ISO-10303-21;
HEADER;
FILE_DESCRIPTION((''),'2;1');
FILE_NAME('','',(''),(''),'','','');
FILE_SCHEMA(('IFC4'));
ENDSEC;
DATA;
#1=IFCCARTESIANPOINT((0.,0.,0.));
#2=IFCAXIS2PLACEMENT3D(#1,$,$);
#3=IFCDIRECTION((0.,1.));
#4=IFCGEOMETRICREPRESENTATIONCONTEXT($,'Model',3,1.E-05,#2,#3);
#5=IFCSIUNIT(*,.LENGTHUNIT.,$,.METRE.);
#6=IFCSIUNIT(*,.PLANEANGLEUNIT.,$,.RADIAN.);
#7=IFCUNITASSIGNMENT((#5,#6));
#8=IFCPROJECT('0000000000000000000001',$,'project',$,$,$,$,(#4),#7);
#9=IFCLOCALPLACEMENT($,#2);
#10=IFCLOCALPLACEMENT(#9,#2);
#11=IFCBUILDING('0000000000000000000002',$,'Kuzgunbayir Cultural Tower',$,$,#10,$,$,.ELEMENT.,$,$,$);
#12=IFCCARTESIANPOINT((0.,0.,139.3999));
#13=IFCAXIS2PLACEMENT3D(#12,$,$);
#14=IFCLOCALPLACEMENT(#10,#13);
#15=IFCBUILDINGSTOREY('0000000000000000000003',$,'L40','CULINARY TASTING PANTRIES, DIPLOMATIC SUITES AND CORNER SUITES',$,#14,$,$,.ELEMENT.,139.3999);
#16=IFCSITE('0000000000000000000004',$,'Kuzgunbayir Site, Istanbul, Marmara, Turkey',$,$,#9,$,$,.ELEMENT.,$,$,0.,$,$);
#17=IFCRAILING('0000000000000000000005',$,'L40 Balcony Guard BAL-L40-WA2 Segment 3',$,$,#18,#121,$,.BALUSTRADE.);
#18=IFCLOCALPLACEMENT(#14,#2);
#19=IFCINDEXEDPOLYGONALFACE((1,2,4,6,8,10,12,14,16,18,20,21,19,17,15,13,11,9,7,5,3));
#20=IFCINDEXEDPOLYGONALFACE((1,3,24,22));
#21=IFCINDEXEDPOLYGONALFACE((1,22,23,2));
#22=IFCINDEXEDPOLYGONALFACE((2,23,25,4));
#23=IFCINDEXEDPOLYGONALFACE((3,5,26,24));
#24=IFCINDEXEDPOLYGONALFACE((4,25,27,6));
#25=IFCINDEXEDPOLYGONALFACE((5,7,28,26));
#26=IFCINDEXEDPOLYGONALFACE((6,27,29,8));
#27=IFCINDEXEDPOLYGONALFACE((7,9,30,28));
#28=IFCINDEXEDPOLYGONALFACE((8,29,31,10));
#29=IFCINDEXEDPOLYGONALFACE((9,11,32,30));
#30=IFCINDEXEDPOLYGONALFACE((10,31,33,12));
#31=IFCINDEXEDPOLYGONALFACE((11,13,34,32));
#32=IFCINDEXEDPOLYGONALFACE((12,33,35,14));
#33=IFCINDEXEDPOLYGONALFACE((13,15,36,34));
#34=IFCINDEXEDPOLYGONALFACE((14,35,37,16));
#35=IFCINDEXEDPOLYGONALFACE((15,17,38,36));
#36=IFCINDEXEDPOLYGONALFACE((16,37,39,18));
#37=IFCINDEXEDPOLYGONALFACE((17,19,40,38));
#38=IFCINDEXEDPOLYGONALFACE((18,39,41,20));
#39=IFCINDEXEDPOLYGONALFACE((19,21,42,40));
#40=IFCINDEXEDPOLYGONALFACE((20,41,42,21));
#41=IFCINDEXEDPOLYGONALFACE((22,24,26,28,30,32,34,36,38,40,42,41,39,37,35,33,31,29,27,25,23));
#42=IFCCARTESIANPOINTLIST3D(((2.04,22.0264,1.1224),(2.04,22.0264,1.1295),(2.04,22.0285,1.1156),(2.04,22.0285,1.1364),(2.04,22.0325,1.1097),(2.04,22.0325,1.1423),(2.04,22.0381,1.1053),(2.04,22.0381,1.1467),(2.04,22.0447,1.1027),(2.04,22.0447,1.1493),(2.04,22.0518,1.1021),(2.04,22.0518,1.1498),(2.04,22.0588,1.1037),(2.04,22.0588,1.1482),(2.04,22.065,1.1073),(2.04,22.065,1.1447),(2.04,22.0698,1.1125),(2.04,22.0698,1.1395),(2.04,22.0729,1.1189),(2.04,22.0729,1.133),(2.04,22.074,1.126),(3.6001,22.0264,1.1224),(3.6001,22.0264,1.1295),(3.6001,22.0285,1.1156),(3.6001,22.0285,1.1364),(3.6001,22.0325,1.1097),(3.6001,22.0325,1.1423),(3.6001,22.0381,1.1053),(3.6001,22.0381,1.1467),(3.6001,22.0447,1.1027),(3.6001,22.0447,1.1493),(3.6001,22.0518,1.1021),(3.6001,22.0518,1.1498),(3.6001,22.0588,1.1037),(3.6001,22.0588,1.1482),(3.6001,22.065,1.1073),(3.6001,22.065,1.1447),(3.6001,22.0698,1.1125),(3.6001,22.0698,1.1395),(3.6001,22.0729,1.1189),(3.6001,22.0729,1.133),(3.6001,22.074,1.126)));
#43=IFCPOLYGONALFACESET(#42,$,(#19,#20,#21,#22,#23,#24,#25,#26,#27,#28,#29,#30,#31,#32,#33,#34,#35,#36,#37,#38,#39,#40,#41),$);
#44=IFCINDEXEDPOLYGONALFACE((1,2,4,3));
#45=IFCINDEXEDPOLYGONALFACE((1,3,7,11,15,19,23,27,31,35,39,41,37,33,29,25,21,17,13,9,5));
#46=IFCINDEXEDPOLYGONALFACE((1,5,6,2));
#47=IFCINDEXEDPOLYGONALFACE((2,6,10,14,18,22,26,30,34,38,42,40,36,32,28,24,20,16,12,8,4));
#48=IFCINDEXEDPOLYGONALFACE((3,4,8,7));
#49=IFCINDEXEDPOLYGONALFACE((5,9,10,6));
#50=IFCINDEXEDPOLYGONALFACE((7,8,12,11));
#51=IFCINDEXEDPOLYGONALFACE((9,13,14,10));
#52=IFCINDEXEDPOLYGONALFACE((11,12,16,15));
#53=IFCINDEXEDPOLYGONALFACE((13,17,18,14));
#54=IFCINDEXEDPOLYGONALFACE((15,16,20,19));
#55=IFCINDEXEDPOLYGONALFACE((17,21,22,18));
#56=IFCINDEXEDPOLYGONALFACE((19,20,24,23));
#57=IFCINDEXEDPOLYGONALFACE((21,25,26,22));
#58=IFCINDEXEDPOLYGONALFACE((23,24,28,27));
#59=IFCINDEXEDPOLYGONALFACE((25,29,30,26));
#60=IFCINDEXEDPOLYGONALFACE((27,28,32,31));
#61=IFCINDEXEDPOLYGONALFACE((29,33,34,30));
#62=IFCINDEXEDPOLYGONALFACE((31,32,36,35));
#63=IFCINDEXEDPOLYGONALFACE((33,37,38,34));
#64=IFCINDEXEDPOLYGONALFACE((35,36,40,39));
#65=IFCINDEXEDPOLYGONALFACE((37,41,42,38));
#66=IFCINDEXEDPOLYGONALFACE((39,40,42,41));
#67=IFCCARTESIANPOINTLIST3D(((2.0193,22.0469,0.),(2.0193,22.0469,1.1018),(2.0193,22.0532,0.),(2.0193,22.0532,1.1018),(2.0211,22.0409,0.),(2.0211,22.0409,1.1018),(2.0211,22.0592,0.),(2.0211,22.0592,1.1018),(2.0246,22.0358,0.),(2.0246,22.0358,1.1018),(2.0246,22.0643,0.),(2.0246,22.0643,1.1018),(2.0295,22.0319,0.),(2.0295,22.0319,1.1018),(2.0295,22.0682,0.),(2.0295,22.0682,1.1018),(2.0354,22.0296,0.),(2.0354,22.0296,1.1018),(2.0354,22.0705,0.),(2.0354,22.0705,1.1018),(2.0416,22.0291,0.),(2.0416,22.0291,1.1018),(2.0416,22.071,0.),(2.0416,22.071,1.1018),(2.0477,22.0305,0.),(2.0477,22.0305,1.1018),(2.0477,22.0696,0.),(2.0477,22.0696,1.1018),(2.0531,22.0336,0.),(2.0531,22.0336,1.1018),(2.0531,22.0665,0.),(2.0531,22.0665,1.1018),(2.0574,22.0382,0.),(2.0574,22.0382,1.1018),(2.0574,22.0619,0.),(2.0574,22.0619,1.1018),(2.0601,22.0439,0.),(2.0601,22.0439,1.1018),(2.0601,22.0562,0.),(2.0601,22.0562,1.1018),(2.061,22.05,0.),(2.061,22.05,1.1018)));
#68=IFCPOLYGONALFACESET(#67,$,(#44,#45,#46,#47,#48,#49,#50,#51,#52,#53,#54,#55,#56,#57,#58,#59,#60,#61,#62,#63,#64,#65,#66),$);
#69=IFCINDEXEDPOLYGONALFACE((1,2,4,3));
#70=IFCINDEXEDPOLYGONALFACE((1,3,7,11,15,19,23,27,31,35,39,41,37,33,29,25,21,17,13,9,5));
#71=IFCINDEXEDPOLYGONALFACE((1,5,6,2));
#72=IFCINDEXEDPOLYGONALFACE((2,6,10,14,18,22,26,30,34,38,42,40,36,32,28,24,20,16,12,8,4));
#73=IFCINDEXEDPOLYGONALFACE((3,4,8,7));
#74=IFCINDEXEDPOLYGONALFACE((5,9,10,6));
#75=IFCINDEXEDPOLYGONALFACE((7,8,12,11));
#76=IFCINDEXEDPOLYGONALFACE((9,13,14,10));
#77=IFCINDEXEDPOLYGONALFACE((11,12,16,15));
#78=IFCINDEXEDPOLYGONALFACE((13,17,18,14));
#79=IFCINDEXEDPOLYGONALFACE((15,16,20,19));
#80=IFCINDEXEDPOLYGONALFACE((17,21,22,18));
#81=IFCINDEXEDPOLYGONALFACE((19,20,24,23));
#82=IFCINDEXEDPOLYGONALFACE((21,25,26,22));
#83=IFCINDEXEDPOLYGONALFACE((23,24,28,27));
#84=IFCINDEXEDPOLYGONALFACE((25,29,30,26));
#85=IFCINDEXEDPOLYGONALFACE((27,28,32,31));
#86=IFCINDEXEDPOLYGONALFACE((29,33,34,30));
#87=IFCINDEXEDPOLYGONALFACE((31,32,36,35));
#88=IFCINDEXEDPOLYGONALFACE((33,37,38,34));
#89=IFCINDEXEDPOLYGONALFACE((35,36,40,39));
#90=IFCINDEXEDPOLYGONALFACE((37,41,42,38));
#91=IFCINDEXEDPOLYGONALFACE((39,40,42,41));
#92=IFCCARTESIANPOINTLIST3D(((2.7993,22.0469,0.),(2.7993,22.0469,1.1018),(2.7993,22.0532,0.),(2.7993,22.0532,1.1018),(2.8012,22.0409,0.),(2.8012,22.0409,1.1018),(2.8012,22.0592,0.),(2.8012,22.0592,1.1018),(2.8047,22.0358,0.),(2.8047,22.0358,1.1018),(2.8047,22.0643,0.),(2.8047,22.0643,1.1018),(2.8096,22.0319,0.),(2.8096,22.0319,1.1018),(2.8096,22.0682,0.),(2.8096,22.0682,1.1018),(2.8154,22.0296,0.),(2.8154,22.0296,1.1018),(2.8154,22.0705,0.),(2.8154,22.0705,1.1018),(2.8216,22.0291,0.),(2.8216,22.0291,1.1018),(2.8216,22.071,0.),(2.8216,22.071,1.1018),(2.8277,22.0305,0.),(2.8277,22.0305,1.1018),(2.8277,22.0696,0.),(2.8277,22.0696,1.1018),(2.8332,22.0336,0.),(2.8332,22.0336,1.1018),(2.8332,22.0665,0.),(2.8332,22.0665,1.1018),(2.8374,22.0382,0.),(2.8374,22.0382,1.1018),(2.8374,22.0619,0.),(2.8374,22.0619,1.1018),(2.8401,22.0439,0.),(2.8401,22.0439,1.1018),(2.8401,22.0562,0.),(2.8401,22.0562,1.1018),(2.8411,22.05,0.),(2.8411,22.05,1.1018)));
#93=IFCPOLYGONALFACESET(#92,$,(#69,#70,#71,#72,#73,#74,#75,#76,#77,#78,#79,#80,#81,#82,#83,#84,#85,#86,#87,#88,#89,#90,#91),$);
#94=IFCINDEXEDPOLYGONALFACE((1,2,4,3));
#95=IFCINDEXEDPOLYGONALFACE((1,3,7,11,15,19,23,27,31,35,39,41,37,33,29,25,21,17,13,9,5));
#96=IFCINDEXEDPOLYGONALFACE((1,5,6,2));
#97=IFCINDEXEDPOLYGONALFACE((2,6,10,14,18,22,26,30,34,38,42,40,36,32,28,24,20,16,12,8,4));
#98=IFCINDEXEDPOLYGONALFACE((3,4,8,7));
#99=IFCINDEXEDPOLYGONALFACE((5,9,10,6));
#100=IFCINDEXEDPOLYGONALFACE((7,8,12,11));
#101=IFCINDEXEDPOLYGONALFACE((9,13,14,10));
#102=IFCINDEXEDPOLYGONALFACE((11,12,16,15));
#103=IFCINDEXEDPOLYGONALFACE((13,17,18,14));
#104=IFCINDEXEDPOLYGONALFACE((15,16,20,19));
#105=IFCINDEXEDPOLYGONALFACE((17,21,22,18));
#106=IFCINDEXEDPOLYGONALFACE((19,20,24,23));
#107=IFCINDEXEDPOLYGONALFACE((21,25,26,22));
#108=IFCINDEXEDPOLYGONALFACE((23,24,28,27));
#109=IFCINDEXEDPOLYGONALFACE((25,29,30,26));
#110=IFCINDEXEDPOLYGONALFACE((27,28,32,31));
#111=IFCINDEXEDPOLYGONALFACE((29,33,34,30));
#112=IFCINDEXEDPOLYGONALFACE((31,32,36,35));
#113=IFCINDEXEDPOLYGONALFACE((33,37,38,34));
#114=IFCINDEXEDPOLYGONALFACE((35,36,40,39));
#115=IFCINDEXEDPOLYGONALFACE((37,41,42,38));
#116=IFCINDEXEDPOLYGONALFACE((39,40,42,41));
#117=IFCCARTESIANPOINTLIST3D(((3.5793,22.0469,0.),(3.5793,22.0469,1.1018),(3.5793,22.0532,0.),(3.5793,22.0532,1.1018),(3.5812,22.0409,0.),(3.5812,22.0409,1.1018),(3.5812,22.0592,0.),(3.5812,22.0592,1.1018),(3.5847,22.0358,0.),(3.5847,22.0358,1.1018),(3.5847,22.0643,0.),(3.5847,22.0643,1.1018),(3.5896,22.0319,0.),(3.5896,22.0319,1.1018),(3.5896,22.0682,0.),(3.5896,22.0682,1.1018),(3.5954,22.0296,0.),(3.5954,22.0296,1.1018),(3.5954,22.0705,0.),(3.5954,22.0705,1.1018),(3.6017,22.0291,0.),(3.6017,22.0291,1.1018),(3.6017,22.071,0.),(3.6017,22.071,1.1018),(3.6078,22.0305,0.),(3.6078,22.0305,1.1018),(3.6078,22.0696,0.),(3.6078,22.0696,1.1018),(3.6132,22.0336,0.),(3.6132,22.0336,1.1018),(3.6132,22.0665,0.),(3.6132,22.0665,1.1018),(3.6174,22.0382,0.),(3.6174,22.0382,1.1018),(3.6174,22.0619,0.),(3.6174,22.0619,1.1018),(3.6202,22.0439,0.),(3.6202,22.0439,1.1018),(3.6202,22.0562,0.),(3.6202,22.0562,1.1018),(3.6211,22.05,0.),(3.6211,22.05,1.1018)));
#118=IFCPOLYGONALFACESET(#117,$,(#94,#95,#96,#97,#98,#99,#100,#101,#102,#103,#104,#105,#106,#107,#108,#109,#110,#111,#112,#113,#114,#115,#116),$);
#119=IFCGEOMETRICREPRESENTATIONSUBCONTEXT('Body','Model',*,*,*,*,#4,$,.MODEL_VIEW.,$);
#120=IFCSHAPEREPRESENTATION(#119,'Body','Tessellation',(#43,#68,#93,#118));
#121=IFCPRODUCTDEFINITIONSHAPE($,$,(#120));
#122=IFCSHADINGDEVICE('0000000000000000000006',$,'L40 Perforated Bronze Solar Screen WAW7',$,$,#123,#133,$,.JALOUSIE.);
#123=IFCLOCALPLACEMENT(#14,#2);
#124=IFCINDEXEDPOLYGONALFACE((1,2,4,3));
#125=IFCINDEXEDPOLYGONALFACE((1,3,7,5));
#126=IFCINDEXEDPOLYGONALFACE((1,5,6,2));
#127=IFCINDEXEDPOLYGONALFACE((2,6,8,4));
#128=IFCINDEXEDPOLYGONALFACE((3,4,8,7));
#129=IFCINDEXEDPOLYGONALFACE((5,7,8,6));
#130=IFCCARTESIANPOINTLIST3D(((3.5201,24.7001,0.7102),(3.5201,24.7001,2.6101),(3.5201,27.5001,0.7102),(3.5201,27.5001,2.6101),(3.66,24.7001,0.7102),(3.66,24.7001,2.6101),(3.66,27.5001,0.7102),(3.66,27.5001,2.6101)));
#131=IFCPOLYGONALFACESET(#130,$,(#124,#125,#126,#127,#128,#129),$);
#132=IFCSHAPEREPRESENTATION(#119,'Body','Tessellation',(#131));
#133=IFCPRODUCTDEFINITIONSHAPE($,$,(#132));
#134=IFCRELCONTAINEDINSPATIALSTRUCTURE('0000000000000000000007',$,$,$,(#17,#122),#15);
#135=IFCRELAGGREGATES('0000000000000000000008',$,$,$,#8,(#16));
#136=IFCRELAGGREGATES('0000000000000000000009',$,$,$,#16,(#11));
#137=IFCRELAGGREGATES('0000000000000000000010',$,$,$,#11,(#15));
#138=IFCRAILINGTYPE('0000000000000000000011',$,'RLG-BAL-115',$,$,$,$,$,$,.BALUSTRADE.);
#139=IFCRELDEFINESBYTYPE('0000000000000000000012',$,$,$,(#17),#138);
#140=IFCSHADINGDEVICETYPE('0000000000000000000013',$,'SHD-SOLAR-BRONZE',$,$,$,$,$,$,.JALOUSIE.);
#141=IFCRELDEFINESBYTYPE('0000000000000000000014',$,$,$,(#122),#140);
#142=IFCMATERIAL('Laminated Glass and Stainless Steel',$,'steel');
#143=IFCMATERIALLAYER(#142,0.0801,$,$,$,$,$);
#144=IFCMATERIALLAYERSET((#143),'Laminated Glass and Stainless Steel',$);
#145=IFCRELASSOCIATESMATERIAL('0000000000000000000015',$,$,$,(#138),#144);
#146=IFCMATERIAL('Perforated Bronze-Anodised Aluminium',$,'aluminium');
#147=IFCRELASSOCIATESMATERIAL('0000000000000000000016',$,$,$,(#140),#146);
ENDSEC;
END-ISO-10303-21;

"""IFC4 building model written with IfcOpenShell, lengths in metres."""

from ifc_helpers import new_model, si_unit, direction, frame, origin, origin_2d, place, context, subcontext, project, spatial, rectangle, circle, extrude, material, layer, layer_set, type_object, element, save


model = new_model("IFC4")

# Units and contexts
model_context = context("Model", 3, precision=1e-05, world=origin(), true_north=direction((0.0, 1.0)))
body_context = subcontext(model_context, "Body", "Model", "MODEL_VIEW")
ifc_project = project(units=[si_unit("LENGTHUNIT", "METRE"), si_unit("PLANEANGLEUNIT", "RADIAN")], contexts=[model_context])

# Site, building, storey
site_placement = place(None, origin())
site = spatial("IfcSite", under=ifc_project, at=site_placement, Name="Kuzgunbayir Site, Istanbul, Marmara, Turkey", CompositionType="ELEMENT", RefElevation=0.0)
building_placement = place(site_placement, origin())
building = spatial("IfcBuilding", under=site, at=building_placement, Name="Kuzgunbayir Cultural Tower", CompositionType="ELEMENT")
storey_placement = place(building_placement, frame((0.0, 0.0, 139.3999)))
storey = spatial("IfcBuildingStorey", under=building, at=storey_placement, Name="L40", Description="CULINARY TASTING PANTRIES, DIPLOMATIC SUITES AND CORNER SUITES", CompositionType="ELEMENT", Elevation=139.3999)

# Railing
ifc_material_1 = material(Name="Laminated Glass and Stainless Steel", Category="steel")
ifc_layer_1 = layer(ifc_material_1, 0.0801)
ifc_layer_set_1 = layer_set([ifc_layer_1], Name="Laminated Glass and Stainless Steel")
railing_type = type_object("IfcRailingType", Name="RLG-BAL-115", PredefinedType="BALUSTRADE", material=ifc_layer_set_1)
railing_1_placement = place(storey_placement, frame((2.04, 22.05, 0.0)))
element("IfcRailing", 1, at=railing_1_placement, inside=storey, type_object=railing_type, Name="L40 Balcony Guard BAL-L40-WA2 Segment 3", PredefinedType="BALUSTRADE", context=body_context, shape_type="SweptSolid", body=[
    extrude(circle(Radius=0.0239, at=origin_2d()), frame((0.0, 0.0, 1.126), z_axis=(1.0, 0.0, 0.0), x_axis=(0.0, 1.0, 0.0)), (0.0, 0.0, 1.0), 1.5601),
    extrude(circle(Radius=0.021, at=origin_2d()), origin(), (0.0, 0.0, 1.0), 1.1018),
    extrude(circle(Radius=0.021, at=origin_2d()), frame((0.78, 0.0, 0.0)), (0.0, 0.0, 1.0), 1.1018),
    extrude(circle(Radius=0.021, at=origin_2d()), frame((1.5601, 0.0, 0.0)), (0.0, 0.0, 1.0), 1.1018),
])

# Shading device
ifc_material_2 = material(Name="Perforated Bronze-Anodised Aluminium", Category="aluminium")
shading_device_type = type_object("IfcShadingDeviceType", Name="SHD-SOLAR-BRONZE", PredefinedType="JALOUSIE", material=ifc_material_2)
shading_device_placement = place(storey_placement, frame((3.5901, 26.1001, 0.7102), z_axis=(0.0, 0.0, 1.0), x_axis=(1.0, 0.0, 0.0)))
element("IfcShadingDevice", 2, at=shading_device_placement, inside=storey, type_object=shading_device_type, Name="L40 Perforated Bronze Solar Screen WAW7", PredefinedType="JALOUSIE", context=body_context, shape_type="SweptSolid", body=[
    extrude(rectangle(XDim=0.1399, YDim=2.8, at=origin_2d()), origin(), (0.0, 0.0, 1.0), 1.8999),
])

save(model, "model.ifc")
